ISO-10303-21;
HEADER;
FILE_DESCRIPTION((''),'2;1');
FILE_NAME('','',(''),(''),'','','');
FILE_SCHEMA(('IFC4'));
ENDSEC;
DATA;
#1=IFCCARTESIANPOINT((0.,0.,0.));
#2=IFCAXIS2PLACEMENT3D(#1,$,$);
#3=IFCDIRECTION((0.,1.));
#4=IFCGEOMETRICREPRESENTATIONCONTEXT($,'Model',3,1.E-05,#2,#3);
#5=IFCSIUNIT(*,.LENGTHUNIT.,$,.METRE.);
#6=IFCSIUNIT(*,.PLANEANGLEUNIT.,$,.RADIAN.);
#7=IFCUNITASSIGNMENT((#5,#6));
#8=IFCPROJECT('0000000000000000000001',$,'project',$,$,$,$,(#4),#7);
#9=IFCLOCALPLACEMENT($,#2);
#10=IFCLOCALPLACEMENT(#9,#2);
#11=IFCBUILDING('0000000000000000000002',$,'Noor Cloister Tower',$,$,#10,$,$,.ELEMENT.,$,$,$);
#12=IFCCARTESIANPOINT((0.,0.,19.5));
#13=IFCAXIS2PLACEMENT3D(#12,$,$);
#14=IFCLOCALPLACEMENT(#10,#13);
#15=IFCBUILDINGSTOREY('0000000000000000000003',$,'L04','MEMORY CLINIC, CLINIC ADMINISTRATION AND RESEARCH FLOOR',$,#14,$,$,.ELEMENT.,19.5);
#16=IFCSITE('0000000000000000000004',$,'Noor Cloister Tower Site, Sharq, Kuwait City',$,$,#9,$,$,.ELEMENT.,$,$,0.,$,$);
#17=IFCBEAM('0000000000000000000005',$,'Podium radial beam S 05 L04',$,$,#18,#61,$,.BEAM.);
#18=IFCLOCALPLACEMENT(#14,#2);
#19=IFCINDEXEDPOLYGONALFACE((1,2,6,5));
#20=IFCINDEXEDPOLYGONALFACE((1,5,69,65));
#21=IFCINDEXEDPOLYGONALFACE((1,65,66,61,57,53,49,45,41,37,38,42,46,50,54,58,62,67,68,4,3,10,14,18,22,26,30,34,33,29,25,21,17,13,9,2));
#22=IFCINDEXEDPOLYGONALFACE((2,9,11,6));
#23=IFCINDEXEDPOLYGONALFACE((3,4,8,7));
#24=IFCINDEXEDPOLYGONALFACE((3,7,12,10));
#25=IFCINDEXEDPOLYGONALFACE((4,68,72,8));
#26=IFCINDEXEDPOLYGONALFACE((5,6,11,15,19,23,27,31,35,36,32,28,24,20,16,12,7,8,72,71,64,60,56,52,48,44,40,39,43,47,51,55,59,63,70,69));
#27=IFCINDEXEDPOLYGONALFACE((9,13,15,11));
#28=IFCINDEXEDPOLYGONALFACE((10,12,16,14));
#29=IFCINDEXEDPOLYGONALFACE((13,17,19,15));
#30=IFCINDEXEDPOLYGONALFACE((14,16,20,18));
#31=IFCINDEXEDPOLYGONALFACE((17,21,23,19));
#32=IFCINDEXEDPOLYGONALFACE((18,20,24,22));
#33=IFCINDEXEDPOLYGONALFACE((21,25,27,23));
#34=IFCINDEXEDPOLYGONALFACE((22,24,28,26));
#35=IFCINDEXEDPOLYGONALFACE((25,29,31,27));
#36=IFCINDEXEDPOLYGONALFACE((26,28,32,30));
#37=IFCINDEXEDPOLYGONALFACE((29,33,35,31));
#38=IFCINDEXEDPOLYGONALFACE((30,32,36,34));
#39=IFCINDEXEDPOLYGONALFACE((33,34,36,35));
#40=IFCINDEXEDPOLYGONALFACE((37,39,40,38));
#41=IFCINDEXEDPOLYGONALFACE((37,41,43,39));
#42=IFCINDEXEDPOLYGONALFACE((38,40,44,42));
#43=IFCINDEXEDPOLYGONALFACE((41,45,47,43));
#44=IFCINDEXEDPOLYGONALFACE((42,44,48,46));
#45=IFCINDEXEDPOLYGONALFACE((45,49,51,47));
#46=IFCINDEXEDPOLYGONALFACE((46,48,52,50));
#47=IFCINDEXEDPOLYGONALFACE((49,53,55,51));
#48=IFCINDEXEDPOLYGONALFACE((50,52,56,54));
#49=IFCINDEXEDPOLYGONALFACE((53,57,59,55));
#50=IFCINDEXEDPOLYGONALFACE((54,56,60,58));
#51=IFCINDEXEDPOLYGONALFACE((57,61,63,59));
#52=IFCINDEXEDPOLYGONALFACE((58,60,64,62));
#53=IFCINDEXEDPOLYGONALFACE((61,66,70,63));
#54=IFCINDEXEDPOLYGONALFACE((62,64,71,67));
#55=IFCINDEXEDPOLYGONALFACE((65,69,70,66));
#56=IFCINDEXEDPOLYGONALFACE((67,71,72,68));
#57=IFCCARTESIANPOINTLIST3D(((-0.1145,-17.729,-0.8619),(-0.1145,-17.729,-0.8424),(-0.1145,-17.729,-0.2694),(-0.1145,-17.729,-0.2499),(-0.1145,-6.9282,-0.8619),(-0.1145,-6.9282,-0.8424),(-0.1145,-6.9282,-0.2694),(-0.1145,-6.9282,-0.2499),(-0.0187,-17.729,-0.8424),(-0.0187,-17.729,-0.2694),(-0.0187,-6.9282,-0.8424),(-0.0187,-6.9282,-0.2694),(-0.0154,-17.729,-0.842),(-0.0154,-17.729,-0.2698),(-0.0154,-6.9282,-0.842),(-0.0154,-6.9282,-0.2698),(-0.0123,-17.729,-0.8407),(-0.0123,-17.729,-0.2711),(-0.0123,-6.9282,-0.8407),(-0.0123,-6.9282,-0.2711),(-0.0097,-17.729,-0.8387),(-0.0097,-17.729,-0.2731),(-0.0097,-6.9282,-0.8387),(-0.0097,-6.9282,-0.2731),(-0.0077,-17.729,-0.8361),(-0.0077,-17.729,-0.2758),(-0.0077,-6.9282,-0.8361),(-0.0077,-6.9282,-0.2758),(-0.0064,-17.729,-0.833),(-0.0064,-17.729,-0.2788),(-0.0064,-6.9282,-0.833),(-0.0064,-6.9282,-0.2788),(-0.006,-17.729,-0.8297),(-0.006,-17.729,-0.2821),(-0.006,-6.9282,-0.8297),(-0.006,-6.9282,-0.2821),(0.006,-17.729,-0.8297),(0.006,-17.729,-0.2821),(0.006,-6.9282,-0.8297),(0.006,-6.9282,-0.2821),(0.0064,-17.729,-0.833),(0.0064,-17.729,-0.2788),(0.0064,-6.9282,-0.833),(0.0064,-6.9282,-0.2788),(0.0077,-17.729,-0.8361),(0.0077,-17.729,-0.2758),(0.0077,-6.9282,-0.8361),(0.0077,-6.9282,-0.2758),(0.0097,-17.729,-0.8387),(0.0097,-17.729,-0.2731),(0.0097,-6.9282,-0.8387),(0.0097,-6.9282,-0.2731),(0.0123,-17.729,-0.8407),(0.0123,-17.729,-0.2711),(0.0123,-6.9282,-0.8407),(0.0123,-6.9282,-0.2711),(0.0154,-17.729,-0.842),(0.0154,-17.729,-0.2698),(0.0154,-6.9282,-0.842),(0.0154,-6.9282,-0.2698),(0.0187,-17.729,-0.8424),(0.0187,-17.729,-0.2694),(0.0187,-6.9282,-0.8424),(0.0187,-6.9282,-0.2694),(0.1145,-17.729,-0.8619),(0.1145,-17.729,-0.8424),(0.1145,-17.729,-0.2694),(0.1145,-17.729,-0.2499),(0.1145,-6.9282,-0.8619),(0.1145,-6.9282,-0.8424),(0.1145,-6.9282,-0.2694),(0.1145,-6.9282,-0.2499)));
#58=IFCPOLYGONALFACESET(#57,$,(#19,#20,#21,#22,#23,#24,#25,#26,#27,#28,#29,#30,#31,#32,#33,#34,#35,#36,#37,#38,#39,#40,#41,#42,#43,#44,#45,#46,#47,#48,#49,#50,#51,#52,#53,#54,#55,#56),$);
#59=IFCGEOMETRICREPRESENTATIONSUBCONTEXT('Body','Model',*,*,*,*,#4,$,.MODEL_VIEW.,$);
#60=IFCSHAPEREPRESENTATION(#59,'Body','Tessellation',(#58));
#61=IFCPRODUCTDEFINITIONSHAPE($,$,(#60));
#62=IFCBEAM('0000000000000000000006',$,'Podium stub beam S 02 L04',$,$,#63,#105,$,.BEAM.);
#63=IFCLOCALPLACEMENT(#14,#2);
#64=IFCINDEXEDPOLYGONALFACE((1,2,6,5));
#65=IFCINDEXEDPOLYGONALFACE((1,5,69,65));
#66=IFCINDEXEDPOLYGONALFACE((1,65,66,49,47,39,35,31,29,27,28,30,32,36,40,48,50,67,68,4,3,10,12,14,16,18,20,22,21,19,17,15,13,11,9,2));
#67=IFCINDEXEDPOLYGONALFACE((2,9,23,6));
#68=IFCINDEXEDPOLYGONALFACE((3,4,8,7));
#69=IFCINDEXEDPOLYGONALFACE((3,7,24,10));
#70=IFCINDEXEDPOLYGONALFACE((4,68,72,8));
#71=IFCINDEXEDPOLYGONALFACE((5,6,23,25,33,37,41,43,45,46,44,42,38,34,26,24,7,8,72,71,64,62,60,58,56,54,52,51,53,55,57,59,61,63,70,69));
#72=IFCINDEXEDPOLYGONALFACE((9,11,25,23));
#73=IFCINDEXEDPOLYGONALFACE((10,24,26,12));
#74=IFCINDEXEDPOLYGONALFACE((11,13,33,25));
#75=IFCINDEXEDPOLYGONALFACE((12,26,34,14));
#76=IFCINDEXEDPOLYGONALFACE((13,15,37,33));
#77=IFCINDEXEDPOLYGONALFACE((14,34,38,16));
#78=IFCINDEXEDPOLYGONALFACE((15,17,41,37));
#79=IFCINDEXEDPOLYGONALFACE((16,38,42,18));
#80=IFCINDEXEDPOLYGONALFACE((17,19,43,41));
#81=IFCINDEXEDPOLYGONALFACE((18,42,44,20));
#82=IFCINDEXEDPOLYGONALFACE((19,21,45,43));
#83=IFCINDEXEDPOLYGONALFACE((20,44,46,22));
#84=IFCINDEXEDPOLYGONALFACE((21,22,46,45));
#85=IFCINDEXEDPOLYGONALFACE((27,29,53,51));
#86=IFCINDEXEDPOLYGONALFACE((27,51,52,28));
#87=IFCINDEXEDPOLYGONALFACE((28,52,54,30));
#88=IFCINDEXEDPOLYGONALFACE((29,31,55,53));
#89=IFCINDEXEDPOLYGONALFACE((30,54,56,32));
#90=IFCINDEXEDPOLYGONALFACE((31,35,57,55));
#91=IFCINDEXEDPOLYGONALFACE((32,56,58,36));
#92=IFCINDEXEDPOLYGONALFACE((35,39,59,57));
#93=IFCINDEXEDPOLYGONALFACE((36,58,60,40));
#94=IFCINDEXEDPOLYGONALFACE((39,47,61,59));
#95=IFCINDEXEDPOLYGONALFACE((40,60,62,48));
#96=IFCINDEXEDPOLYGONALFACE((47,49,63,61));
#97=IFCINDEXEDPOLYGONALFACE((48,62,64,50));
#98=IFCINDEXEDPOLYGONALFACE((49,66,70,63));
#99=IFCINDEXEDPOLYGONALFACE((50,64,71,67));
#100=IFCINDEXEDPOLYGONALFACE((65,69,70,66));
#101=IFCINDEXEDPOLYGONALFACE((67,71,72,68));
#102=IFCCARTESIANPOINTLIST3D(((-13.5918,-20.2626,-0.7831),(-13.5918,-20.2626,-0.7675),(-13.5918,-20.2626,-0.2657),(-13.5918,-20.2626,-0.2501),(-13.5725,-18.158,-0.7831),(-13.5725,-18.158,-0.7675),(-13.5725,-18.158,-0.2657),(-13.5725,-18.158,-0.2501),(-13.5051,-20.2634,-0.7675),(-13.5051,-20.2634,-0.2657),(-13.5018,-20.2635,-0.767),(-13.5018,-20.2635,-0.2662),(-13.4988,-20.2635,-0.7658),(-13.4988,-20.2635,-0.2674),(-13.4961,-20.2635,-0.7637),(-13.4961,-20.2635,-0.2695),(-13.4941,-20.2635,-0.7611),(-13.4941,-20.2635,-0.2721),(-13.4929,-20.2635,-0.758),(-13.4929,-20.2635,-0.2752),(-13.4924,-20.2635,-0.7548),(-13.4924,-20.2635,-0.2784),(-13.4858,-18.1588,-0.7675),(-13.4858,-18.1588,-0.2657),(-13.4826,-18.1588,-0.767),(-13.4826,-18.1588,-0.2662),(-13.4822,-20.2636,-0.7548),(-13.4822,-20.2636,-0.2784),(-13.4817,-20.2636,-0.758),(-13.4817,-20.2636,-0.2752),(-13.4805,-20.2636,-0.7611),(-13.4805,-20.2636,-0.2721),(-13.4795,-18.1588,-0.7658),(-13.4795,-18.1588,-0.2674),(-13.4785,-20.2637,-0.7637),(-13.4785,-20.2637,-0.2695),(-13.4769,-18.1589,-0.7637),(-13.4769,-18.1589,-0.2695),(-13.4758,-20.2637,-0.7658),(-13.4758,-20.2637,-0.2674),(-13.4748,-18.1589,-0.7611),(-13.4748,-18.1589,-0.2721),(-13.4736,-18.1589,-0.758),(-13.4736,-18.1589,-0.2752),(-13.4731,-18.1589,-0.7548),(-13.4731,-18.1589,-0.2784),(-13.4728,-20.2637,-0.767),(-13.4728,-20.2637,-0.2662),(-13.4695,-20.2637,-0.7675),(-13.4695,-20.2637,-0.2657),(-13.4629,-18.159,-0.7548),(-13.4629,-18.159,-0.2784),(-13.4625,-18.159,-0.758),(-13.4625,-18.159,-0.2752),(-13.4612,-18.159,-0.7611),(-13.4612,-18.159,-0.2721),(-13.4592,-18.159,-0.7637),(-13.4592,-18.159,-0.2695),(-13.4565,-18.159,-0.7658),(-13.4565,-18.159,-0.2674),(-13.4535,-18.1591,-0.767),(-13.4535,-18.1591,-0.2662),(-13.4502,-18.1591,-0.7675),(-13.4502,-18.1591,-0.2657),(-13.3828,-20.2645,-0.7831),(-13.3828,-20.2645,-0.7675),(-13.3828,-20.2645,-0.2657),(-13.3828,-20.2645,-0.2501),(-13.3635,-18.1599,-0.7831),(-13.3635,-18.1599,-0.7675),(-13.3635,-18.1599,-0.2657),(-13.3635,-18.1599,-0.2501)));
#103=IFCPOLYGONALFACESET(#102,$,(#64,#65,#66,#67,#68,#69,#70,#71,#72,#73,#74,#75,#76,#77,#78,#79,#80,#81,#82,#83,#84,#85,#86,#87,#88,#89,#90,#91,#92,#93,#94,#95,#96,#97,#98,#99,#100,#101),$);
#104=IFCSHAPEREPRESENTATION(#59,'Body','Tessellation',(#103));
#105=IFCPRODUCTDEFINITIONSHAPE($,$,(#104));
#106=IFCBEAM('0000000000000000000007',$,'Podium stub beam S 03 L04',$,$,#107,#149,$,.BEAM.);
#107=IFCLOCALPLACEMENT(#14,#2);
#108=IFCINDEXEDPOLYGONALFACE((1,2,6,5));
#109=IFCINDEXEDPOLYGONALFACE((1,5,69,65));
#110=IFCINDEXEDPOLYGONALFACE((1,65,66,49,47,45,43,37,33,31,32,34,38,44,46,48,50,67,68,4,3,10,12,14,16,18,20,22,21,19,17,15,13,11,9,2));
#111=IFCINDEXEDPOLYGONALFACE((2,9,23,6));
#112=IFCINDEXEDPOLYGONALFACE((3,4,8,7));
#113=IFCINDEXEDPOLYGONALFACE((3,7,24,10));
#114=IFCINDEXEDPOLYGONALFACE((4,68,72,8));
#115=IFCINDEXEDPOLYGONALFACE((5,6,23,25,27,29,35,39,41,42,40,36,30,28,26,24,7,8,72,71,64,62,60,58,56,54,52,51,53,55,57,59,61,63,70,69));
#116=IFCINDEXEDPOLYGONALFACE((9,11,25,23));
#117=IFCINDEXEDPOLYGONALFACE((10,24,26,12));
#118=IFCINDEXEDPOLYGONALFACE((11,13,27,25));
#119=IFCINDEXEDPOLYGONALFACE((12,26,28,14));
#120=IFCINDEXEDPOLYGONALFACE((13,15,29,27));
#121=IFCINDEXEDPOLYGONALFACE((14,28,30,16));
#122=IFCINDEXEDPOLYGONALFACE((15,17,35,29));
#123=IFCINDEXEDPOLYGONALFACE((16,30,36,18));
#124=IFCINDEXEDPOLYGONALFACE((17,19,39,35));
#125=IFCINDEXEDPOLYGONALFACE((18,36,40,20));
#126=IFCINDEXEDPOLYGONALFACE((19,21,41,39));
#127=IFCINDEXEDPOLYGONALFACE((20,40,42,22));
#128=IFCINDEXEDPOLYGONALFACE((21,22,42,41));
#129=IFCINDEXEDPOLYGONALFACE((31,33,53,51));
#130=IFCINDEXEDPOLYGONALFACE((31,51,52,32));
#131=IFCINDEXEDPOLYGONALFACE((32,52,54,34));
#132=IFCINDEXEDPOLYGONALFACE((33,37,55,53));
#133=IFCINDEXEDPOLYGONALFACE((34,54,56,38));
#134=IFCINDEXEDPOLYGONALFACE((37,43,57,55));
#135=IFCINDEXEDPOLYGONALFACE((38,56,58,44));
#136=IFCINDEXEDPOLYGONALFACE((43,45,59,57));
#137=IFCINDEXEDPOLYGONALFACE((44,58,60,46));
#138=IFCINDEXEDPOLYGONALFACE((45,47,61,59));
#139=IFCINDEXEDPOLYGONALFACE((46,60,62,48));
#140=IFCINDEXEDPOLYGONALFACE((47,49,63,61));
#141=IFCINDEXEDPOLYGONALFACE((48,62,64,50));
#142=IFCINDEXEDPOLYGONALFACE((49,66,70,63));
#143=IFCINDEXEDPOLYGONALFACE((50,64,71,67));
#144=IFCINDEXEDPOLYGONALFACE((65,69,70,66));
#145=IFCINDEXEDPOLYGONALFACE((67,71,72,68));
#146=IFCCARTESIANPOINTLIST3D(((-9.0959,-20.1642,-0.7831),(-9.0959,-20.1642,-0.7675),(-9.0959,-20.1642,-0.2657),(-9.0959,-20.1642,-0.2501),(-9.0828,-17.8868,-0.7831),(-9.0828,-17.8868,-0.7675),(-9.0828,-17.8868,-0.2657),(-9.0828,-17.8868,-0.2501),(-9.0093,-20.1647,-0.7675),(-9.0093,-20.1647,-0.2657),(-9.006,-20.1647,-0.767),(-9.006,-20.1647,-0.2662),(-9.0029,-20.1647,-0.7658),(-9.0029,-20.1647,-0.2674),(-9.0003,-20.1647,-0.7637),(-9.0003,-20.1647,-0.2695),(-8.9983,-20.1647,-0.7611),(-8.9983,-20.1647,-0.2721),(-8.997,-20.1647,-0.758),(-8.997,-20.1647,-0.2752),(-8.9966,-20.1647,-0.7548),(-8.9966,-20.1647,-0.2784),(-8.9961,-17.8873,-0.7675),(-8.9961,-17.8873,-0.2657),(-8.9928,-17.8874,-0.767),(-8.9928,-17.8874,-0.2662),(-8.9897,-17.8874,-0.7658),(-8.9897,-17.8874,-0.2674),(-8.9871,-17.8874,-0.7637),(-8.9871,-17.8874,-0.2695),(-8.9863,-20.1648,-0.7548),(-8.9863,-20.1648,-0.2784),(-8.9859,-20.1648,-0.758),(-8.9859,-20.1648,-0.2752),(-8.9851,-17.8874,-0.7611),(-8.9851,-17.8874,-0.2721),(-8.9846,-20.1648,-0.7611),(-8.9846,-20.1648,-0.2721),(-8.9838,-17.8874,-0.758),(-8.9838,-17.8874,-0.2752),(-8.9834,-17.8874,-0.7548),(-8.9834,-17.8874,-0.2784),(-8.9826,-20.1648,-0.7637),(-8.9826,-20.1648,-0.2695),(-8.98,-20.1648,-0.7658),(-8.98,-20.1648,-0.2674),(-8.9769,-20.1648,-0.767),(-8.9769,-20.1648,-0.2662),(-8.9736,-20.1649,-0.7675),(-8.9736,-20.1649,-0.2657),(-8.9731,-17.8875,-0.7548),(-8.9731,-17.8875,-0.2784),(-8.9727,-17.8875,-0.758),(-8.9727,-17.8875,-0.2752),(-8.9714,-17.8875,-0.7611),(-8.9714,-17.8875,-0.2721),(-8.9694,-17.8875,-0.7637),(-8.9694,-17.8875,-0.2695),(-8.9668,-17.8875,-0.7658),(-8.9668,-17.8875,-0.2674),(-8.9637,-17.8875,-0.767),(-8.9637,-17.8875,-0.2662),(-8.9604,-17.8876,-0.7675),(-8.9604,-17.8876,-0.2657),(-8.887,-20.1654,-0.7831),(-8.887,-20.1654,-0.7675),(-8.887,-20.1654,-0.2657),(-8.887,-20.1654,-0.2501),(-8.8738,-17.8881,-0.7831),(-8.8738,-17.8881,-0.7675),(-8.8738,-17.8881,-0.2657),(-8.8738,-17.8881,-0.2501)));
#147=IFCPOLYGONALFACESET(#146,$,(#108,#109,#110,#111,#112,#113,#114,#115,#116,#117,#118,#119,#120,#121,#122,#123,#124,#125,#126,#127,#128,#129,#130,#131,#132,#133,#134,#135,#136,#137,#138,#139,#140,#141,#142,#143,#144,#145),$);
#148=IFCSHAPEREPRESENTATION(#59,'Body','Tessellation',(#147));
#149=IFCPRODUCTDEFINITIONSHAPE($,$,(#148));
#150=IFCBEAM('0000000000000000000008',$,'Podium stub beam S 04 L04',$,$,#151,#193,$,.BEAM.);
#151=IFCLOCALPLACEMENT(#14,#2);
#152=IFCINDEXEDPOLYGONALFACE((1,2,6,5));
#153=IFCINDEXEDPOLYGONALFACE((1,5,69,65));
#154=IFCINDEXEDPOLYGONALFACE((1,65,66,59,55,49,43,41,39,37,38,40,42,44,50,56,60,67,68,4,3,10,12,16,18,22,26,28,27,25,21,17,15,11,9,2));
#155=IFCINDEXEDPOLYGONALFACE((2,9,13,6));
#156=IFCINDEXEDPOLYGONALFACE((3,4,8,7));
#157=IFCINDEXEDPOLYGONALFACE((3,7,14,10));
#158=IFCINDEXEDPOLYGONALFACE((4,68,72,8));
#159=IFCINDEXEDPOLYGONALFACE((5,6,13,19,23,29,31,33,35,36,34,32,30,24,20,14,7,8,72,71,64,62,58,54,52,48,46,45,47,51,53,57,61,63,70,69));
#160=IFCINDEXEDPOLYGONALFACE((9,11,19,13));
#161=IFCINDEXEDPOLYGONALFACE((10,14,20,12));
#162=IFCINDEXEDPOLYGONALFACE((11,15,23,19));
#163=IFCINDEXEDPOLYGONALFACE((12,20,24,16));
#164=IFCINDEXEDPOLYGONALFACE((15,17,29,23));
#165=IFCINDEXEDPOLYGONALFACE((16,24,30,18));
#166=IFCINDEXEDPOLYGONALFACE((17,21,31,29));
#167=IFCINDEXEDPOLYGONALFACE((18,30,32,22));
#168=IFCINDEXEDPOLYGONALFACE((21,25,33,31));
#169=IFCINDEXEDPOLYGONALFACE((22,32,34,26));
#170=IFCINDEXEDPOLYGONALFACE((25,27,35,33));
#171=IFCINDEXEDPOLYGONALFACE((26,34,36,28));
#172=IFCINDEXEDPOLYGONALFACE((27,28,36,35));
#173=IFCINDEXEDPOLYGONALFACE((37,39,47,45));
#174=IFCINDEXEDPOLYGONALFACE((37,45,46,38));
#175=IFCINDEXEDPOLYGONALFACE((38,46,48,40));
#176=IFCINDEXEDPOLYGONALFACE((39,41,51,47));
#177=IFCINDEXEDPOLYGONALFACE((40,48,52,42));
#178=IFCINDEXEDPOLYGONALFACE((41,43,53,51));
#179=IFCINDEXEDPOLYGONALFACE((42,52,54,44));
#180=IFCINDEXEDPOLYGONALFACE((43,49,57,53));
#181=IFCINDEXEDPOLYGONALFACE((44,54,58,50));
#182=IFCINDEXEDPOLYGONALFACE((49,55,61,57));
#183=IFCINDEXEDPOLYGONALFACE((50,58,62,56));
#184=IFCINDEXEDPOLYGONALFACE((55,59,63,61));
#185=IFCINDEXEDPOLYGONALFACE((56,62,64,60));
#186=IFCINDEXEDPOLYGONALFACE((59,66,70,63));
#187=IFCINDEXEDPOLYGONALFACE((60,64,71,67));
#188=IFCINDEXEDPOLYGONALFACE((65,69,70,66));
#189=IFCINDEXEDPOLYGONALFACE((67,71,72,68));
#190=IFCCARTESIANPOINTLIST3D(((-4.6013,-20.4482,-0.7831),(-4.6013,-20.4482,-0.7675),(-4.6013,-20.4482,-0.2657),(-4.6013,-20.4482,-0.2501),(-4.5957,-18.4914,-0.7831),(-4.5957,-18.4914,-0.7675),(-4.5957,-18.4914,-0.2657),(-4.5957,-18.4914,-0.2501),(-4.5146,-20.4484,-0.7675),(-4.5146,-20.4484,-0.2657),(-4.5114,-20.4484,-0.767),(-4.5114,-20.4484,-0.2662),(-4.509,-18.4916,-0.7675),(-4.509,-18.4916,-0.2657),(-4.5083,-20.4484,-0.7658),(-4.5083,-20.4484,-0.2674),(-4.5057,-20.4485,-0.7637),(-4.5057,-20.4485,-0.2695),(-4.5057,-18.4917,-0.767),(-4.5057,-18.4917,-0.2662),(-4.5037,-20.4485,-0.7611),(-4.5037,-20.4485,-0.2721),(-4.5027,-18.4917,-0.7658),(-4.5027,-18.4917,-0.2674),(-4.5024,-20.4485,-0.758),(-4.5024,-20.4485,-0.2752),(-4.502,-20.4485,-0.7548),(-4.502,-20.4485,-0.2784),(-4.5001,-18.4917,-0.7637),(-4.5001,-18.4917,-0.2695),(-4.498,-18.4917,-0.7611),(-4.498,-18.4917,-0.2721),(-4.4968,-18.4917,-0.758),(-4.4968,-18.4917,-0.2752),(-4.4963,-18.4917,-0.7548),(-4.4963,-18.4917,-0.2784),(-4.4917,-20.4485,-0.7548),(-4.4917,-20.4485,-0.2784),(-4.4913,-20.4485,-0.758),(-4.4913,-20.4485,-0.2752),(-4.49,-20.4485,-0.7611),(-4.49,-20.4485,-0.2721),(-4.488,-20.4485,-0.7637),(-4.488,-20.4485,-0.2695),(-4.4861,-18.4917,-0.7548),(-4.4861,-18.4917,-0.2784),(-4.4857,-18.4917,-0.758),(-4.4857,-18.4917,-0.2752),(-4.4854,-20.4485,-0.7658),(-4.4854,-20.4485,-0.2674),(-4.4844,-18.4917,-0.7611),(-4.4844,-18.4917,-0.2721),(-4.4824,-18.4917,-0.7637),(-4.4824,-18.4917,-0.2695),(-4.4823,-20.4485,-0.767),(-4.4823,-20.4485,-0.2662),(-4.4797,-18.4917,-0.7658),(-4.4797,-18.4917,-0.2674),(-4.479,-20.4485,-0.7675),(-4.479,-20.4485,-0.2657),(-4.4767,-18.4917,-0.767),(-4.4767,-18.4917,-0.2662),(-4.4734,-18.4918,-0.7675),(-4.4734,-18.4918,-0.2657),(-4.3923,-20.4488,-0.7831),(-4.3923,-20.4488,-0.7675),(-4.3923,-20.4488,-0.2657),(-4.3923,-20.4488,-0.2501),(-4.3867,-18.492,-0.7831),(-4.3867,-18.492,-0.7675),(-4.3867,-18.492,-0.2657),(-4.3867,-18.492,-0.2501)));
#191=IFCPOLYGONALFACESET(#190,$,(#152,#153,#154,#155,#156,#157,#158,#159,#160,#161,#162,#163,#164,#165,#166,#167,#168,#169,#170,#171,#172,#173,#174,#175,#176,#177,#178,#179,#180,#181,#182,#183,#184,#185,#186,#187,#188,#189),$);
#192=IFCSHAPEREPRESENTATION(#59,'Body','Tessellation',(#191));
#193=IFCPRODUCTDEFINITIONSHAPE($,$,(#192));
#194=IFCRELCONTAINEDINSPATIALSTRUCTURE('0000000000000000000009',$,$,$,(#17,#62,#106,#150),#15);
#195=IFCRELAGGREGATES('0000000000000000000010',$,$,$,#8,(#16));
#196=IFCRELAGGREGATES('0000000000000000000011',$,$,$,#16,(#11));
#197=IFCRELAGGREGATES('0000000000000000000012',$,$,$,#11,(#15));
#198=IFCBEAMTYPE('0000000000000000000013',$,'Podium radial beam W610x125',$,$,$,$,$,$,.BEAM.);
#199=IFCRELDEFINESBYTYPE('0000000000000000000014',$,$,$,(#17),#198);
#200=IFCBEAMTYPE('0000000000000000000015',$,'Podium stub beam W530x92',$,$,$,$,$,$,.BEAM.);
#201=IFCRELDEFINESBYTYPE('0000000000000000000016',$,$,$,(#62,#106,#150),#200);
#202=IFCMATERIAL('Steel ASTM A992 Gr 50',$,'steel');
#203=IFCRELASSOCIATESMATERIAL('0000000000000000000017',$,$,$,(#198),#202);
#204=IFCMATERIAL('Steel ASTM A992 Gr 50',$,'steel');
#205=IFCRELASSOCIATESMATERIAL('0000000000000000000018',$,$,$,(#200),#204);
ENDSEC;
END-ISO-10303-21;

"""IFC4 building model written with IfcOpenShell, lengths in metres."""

from ifc_helpers import new_model, si_unit, direction, frame, origin, origin_2d, place, context, subcontext, project, spatial, i_section, extrude, material, material_profile, profile_set, type_object, element, save


model = new_model("IFC4")

# Units and contexts
model_context = context("Model", 3, precision=1e-05, world=origin(), true_north=direction((0.0, 1.0)))
body_context = subcontext(model_context, "Body", "Model", "MODEL_VIEW")
ifc_project = project(units=[si_unit("LENGTHUNIT", "METRE"), si_unit("PLANEANGLEUNIT", "RADIAN")], contexts=[model_context])

# Site, building, storey
site_placement = place(None, origin())
site = spatial("IfcSite", under=ifc_project, at=site_placement, Name="Noor Cloister Tower Site, Sharq, Kuwait City", CompositionType="ELEMENT", RefElevation=0.0)
building_placement = place(site_placement, origin())
building = spatial("IfcBuilding", under=site, at=building_placement, Name="Noor Cloister Tower", CompositionType="ELEMENT")
storey_placement = place(building_placement, frame((0.0, 0.0, 19.5)))
storey = spatial("IfcBuildingStorey", under=building, at=storey_placement, Name="L04", Description="MEMORY CLINIC, CLINIC ADMINISTRATION AND RESEARCH FLOOR", CompositionType="ELEMENT", Elevation=19.5)

# Beams
ifc_material_1 = material(Name="Steel ASTM A992 Gr 50", Category="steel")
ifc_material_profile_1 = material_profile(ifc_material_1, i_section(OverallWidth=0.229, OverallDepth=0.6121, WebThickness=0.012, FlangeThickness=0.0195, FilletRadius=0.0127, at=origin_2d()), Name="W610x125")
ifc_profile_set_1 = profile_set([ifc_material_profile_1], Name="Steel ASTM A992 Gr 50")
beam_type_1 = type_object("IfcBeamType", Name="Podium radial beam W610x125", PredefinedType="BEAM", material=ifc_profile_set_1)
beam_1_placement = place(storey_placement, frame((0.0, -17.729, -0.5559), z_axis=(0.0, 1.0, 0.0), x_axis=(-1.0, 0.0, 0.0)))
element("IfcBeam", 1, at=beam_1_placement, inside=storey, type_object=beam_type_1, Name="Podium radial beam S 05 L04", PredefinedType="BEAM", context=body_context, shape_type="SweptSolid", body=[
    extrude(i_section(OverallWidth=0.229, OverallDepth=0.6121, WebThickness=0.012, FlangeThickness=0.0195, FilletRadius=0.0127, at=origin_2d()), origin(), (0.0, 0.0, 1.0), 10.8008),
])
ifc_material_2 = material(Name="Steel ASTM A992 Gr 50", Category="steel")
ifc_material_profile_2 = material_profile(ifc_material_2, i_section(OverallWidth=0.209, OverallDepth=0.533, WebThickness=0.0103, FlangeThickness=0.0156, FilletRadius=0.0127, at=origin_2d()), Name="W530x92")
ifc_profile_set_2 = profile_set([ifc_material_profile_2], Name="Steel ASTM A992 Gr 50")
beam_type_2 = type_object("IfcBeamType", Name="Podium stub beam W530x92", PredefinedType="BEAM", material=ifc_profile_set_2)
beam_2_placement = place(storey_placement, frame((-13.468, -18.1589, -0.5166), z_axis=(-0.009163, -0.999958, 0.0), x_axis=(0.999958, -0.009163, 0.0)))
element("IfcBeam", 2, at=beam_2_placement, inside=storey, type_object=beam_type_2, Name="Podium stub beam S 02 L04", PredefinedType="BEAM", context=body_context, shape_type="SweptSolid", body=[
    extrude(i_section(OverallWidth=0.209, OverallDepth=0.533, WebThickness=0.0103, FlangeThickness=0.0156, FilletRadius=0.0127, at=origin_2d()), origin(), (0.0, 0.0, 1.0), 2.1047),
])
beam_3_placement = place(storey_placement, frame((-8.9783, -17.8875, -0.5166), z_axis=(-0.005789, -0.999983, 0.0), x_axis=(0.999983, -0.005789, 0.0)))
element("IfcBeam", 3, at=beam_3_placement, inside=storey, type_object=beam_type_2, Name="Podium stub beam S 03 L04", PredefinedType="BEAM", context=body_context, shape_type="SweptSolid", body=[
    extrude(i_section(OverallWidth=0.209, OverallDepth=0.533, WebThickness=0.0103, FlangeThickness=0.0156, FilletRadius=0.0127, at=origin_2d()), origin(), (0.0, 0.0, 1.0), 2.2773),
])
beam_4_placement = place(storey_placement, frame((-4.4912, -18.4917, -0.5166), z_axis=(-0.00287, -0.999996, 0.0), x_axis=(0.999996, -0.00287, 0.0)))
element("IfcBeam", 4, at=beam_4_placement, inside=storey, type_object=beam_type_2, Name="Podium stub beam S 04 L04", PredefinedType="BEAM", context=body_context, shape_type="SweptSolid", body=[
    extrude(i_section(OverallWidth=0.209, OverallDepth=0.533, WebThickness=0.0103, FlangeThickness=0.0156, FilletRadius=0.0127, at=origin_2d()), origin(), (0.0, 0.0, 1.0), 1.9568),
])

save(model, "model.ifc")
